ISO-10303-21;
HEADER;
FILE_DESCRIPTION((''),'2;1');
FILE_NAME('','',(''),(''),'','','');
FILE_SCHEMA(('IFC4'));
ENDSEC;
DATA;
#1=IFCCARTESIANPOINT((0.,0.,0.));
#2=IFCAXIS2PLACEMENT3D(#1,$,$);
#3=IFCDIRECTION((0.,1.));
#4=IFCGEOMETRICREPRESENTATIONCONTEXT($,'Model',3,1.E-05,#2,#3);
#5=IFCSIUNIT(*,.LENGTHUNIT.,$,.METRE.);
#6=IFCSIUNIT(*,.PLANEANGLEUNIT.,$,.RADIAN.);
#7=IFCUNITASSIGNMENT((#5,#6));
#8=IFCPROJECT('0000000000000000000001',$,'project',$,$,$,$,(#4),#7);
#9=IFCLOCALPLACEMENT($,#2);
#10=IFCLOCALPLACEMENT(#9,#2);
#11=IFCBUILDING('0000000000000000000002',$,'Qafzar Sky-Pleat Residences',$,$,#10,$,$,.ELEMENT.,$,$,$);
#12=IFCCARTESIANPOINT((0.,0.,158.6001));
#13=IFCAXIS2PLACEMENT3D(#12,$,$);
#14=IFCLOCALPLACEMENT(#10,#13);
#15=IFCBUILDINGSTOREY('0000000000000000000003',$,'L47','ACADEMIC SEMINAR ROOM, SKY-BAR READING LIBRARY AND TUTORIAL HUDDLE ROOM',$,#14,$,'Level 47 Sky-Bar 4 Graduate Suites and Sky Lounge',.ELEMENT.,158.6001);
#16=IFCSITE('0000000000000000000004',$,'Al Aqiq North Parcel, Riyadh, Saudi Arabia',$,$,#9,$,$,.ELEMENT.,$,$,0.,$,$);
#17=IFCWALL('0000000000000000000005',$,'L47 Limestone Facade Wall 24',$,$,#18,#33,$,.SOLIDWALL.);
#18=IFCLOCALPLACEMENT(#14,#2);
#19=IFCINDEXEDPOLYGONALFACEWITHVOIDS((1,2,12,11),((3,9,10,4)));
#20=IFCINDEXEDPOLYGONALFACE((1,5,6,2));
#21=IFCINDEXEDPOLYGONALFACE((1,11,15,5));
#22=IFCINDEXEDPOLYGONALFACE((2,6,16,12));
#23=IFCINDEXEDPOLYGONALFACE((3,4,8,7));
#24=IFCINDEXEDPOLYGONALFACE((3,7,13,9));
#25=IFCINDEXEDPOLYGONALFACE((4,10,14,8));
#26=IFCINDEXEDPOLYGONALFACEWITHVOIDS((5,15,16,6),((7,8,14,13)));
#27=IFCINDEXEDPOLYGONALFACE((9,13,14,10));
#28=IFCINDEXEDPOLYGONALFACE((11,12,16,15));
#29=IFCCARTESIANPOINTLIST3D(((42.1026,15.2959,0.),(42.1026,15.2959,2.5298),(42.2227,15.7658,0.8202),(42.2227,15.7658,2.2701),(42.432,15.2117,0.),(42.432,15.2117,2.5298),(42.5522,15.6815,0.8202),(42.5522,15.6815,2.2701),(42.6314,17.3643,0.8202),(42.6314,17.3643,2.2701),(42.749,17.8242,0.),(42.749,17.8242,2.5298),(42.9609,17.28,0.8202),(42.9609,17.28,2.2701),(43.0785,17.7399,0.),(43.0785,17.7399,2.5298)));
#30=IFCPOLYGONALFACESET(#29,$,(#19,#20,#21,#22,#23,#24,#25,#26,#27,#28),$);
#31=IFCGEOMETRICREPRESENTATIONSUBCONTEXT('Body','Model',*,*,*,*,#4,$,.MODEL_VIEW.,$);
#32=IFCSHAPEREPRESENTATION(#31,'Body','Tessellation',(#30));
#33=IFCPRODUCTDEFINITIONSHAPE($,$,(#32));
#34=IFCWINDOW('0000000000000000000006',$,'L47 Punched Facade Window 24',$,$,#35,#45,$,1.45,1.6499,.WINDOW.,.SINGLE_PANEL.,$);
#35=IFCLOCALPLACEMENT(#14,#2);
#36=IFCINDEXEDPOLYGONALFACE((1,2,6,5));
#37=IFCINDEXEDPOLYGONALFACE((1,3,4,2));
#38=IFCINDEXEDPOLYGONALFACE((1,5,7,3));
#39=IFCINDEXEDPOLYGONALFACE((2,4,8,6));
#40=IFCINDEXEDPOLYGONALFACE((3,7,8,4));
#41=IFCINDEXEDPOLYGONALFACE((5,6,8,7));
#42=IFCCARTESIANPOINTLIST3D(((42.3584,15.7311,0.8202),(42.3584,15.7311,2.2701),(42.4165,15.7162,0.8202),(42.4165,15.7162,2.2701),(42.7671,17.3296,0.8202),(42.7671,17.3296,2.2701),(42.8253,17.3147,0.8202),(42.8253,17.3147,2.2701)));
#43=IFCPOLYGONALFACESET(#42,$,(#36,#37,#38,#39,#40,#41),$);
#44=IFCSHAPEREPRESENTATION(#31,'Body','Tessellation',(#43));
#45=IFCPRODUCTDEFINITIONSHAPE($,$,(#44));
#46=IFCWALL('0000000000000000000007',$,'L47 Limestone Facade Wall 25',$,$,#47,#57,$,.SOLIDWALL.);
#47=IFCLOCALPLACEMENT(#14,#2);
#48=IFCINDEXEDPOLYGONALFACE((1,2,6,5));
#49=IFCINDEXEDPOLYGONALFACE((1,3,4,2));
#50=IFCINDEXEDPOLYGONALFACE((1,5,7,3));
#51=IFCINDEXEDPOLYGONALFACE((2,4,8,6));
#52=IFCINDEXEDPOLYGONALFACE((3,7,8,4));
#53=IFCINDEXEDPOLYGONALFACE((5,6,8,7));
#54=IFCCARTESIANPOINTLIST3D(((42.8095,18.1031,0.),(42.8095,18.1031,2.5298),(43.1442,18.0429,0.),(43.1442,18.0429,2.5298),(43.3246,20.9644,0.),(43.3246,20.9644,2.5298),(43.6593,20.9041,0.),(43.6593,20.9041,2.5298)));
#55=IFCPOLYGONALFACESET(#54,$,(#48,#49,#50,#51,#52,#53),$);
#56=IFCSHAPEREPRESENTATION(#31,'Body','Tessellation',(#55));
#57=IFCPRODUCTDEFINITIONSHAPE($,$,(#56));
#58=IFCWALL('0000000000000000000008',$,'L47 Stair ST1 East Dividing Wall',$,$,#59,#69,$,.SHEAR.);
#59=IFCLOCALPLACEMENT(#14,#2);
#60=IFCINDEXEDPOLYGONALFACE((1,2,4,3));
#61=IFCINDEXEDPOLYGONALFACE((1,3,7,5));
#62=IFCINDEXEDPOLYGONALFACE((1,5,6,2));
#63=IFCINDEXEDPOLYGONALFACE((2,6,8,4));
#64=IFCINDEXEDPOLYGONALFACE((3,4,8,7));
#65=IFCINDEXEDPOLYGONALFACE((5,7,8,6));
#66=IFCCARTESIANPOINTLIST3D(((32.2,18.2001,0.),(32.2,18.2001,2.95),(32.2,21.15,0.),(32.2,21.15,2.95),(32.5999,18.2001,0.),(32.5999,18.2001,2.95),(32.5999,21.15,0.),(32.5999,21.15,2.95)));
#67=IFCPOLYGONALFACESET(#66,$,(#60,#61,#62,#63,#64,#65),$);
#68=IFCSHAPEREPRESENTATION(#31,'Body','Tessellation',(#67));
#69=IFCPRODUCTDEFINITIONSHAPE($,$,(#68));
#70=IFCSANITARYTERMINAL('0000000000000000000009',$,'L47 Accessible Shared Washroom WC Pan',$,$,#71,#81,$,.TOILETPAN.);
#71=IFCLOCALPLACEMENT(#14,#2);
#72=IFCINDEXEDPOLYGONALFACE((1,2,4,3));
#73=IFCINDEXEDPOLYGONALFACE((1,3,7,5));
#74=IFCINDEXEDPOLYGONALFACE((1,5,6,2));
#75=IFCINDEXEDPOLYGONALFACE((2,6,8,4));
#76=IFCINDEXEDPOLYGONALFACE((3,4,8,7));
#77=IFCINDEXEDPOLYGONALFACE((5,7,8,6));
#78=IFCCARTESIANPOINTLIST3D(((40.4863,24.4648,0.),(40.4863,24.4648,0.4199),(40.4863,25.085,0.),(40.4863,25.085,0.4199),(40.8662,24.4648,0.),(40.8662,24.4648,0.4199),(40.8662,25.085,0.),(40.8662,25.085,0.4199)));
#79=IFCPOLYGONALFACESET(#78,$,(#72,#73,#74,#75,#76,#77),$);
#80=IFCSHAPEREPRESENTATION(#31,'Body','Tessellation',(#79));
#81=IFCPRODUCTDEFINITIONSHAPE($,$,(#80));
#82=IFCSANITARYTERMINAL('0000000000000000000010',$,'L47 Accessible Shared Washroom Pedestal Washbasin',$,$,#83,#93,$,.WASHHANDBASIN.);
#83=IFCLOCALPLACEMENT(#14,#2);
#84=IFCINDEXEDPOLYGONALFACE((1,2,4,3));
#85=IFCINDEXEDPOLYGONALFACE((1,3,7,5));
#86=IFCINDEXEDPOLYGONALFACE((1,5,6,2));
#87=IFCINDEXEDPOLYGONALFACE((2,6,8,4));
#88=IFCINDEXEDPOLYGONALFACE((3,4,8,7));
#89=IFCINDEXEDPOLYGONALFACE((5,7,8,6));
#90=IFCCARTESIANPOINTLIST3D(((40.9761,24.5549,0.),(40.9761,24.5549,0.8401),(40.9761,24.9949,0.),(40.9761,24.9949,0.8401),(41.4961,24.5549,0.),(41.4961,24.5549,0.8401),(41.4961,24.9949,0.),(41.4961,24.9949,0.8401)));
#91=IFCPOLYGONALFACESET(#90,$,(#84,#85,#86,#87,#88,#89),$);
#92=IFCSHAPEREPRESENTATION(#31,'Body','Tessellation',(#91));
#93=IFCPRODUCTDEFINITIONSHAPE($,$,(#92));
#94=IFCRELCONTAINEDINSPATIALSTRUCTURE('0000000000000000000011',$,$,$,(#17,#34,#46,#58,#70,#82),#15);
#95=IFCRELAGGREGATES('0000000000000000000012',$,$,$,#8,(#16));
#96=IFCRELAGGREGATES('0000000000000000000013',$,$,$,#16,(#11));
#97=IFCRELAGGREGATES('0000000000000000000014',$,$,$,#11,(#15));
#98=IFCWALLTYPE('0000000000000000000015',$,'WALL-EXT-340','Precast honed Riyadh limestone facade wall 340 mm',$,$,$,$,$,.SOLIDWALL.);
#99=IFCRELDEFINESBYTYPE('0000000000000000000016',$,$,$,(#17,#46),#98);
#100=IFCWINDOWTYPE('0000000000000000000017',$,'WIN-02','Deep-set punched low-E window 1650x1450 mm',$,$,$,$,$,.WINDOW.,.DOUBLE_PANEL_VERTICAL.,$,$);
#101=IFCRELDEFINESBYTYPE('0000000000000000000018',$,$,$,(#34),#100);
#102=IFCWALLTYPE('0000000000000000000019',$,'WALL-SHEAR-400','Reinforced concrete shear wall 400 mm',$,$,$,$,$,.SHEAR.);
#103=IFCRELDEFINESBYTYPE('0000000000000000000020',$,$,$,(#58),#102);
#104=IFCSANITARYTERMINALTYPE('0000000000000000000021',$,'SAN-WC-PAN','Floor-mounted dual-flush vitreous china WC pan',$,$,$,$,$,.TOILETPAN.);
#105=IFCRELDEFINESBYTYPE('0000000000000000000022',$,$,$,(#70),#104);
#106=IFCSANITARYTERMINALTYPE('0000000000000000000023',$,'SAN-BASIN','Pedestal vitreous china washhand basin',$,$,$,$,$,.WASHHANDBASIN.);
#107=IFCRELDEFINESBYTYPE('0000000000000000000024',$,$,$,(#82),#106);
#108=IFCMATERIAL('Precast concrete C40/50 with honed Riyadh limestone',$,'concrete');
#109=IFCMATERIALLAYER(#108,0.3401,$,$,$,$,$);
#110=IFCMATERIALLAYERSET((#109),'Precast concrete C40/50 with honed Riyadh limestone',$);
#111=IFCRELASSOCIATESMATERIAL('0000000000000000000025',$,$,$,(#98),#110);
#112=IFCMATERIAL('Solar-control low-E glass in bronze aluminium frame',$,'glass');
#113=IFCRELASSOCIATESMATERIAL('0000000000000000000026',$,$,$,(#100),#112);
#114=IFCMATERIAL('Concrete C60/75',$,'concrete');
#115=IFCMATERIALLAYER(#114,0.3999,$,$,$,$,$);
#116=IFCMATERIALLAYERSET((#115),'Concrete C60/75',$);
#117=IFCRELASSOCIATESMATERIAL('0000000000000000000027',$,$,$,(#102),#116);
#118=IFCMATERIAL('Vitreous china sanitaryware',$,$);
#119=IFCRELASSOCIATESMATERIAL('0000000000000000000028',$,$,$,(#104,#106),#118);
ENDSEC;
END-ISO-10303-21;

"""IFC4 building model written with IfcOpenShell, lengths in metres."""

from ifc_helpers import new_model, si_unit, direction, frame, frame_2d, origin, origin_2d, place, context, subcontext, project, spatial, rectangle, extrude, source, transform, mapped, material, layer, layer_set, type_object, element, fill, save


model = new_model("IFC4")

# Units and contexts
model_context = context("Model", 3, precision=1e-05, world=origin(), true_north=direction((0.0, 1.0)))
body_context = subcontext(model_context, "Body", "Model", "MODEL_VIEW")
ifc_project = project(units=[si_unit("LENGTHUNIT", "METRE"), si_unit("PLANEANGLEUNIT", "RADIAN")], contexts=[model_context])

# Site, building, storey
site_placement = place(None, origin())
site = spatial("IfcSite", under=ifc_project, at=site_placement, Name="Al Aqiq North Parcel, Riyadh, Saudi Arabia", CompositionType="ELEMENT", RefElevation=0.0)
building_placement = place(site_placement, origin())
building = spatial("IfcBuilding", under=site, at=building_placement, Name="Qafzar Sky-Pleat Residences", CompositionType="ELEMENT")
storey_placement = place(building_placement, frame((0.0, 0.0, 158.6001)))
storey = spatial("IfcBuildingStorey", under=building, at=storey_placement, Name="L47", Description="ACADEMIC SEMINAR ROOM, SKY-BAR READING LIBRARY AND TUTORIAL HUDDLE ROOM", LongName="Level 47 Sky-Bar 4 Graduate Suites and Sky Lounge", CompositionType="ELEMENT", Elevation=158.6001)

# Shared definitions
ifc_material_1 = material(Name="Concrete C60/75", Category="concrete")

# Shared definitions
ifc_material_2 = material(Name="Precast concrete C40/50 with honed Riyadh limestone", Category="concrete")

# Wall, opening, window
ifc_layer_1 = layer(ifc_material_2, 0.3401)
ifc_layer_set_1 = layer_set([ifc_layer_1], Name="Precast concrete C40/50 with honed Riyadh limestone")
wall_type_1 = type_object("IfcWallType", Name="WALL-EXT-340", Description="Precast honed Riyadh limestone facade wall 340 mm", PredefinedType="SOLIDWALL", material=ifc_layer_set_1)
wall_1_placement = place(storey_placement, frame((42.2673, 15.2539, 0.0), z_axis=(0.0, 0.0, 1.0), x_axis=(0.247727, 0.96883, 0.0)))
wall_1 = element("IfcWall", 1, at=wall_1_placement, inside=storey, type_object=wall_type_1, Name="L47 Limestone Facade Wall 24", PredefinedType="SOLIDWALL", context=body_context, shape_type="SweptSolid", body=[
    extrude(rectangle(XDim=2.6096, YDim=0.3401, at=frame_2d((1.3047, 0.0))), origin(), (0.0, 0.0, 1.0), 2.5298),
])
opening_1_placement = place(wall_1_placement, frame((0.4849, 0.0, 0.8201)))
opening_1 = element("IfcOpeningElement", 2, at=opening_1_placement, cuts=wall_1, PredefinedType="OPENING", context=body_context, shape_type="SweptSolid", body=[
    extrude(rectangle(XDim=1.6499, YDim=1.45, at=frame_2d((0.825, 0.7251))), frame((0.0, 0.1802, 0.0), z_axis=(0.0, -1.0, 0.0), x_axis=(1.0, 0.0, 0.0)), (0.0, 0.0, 1.0), 0.3601),
])
ifc_material_3 = material(Name="Solar-control low-E glass in bronze aluminium frame", Category="glass")
window_type = type_object("IfcWindowType", Name="WIN-02", Description="Deep-set punched low-E window 1650x1450 mm", PartitioningType="DOUBLE_PANEL_VERTICAL", PredefinedType="WINDOW", material=ifc_material_3)
shared_shape_1 = source(origin(), body_context, "Body", "SweptSolid", [
    extrude(rectangle(XDim=1.6499, YDim=1.45, at=frame_2d((0.825, 0.7251))), frame((0.0, 0.03, 0.0), z_axis=(0.0, -1.0, 0.0), x_axis=(1.0, 0.0, 0.0)), (0.0, 0.0, 1.0), 0.0601),
])
window_placement = place(opening_1_placement, origin())
window = element("IfcWindow", 3, at=window_placement, inside=storey, type_object=window_type, Name="L47 Punched Facade Window 24", OverallHeight=1.45, OverallWidth=1.6499, PartitioningType="SINGLE_PANEL", PredefinedType="WINDOW", context=body_context, shape_type="MappedRepresentation", body=[
    mapped(shared_shape_1, transform((0.0, 0.0, 0.0), x_axis=(1.0, 0.0, 0.0), y_axis=(0.0, 1.0, 0.0), z_axis=(0.0, 0.0, 1.0), scale=1.0)),
])
fill(opening_1, window)

# Walls
wall_2_placement = place(storey_placement, frame((42.9768, 18.073, 0.0), z_axis=(0.0, 0.0, 1.0), x_axis=(0.177186, 0.984177, 0.0)))
element("IfcWall", 4, at=wall_2_placement, inside=storey, type_object=wall_type_1, Name="L47 Limestone Facade Wall 25", PredefinedType="SOLIDWALL", context=body_context, shape_type="SweptSolid", body=[
    extrude(rectangle(XDim=2.9072, YDim=0.3401, at=frame_2d((1.4536, 0.0))), origin(), (0.0, 0.0, 1.0), 2.5298),
])
ifc_layer_2 = layer(ifc_material_1, 0.3999)
ifc_layer_set_2 = layer_set([ifc_layer_2], Name="Concrete C60/75")
wall_type_2 = type_object("IfcWallType", Name="WALL-SHEAR-400", Description="Reinforced concrete shear wall 400 mm", PredefinedType="SHEAR", material=ifc_layer_set_2)
wall_3_placement = place(storey_placement, frame((32.3999, 18.2, 0.0), z_axis=(0.0, 0.0, 1.0), x_axis=(0.0, 1.0, 0.0)))
element("IfcWall", 5, at=wall_3_placement, inside=storey, type_object=wall_type_2, Name="L47 Stair ST1 East Dividing Wall", PredefinedType="SHEAR", context=body_context, shape_type="SweptSolid", body=[
    extrude(rectangle(XDim=2.95, YDim=0.3999, at=frame_2d((1.4751, 0.0))), origin(), (0.0, 0.0, 1.0), 2.95),
])

# Sanitary terminals
ifc_material_4 = material(Name="Vitreous china sanitaryware")
sanitary_terminal_type_1 = type_object("IfcSanitaryTerminalType", Name="SAN-WC-PAN", Description="Floor-mounted dual-flush vitreous china WC pan", PredefinedType="TOILETPAN", material=ifc_material_4)
shared_shape_2 = source(origin(), body_context, "Body", "SweptSolid", [
    extrude(rectangle(XDim=0.3799, YDim=0.6201, at=origin_2d()), origin(), (0.0, 0.0, 1.0), 0.4199),
])
sanitary_terminal_1_placement = place(storey_placement, frame((40.6763, 24.7749, 0.0), z_axis=(0.0, 0.0, 1.0), x_axis=(1.0, 0.0, 0.0)))
element("IfcSanitaryTerminal", 6, at=sanitary_terminal_1_placement, inside=storey, type_object=sanitary_terminal_type_1, Name="L47 Accessible Shared Washroom WC Pan", PredefinedType="TOILETPAN", context=body_context, shape_type="MappedRepresentation", body=[
    mapped(shared_shape_2, transform((0.0, 0.0, 0.0), x_axis=(1.0, 0.0, 0.0), y_axis=(0.0, 1.0, 0.0), z_axis=(0.0, 0.0, 1.0), scale=1.0)),
])
sanitary_terminal_type_2 = type_object("IfcSanitaryTerminalType", Name="SAN-BASIN", Description="Pedestal vitreous china washhand basin", PredefinedType="WASHHANDBASIN", material=ifc_material_4)
shared_shape_3 = source(origin(), body_context, "Body", "SweptSolid", [
    extrude(rectangle(XDim=0.52, YDim=0.4399, at=origin_2d()), origin(), (0.0, 0.0, 1.0), 0.8401),
])
sanitary_terminal_2_placement = place(storey_placement, frame((41.2361, 24.7749, 0.0), z_axis=(0.0, 0.0, 1.0), x_axis=(1.0, 0.0, 0.0)))
element("IfcSanitaryTerminal", 7, at=sanitary_terminal_2_placement, inside=storey, type_object=sanitary_terminal_type_2, Name="L47 Accessible Shared Washroom Pedestal Washbasin", PredefinedType="WASHHANDBASIN", context=body_context, shape_type="MappedRepresentation", body=[
    mapped(shared_shape_3, transform((0.0, 0.0, 0.0), x_axis=(1.0, 0.0, 0.0), y_axis=(0.0, 1.0, 0.0), z_axis=(0.0, 0.0, 1.0), scale=1.0)),
])

save(model, "model.ifc")
